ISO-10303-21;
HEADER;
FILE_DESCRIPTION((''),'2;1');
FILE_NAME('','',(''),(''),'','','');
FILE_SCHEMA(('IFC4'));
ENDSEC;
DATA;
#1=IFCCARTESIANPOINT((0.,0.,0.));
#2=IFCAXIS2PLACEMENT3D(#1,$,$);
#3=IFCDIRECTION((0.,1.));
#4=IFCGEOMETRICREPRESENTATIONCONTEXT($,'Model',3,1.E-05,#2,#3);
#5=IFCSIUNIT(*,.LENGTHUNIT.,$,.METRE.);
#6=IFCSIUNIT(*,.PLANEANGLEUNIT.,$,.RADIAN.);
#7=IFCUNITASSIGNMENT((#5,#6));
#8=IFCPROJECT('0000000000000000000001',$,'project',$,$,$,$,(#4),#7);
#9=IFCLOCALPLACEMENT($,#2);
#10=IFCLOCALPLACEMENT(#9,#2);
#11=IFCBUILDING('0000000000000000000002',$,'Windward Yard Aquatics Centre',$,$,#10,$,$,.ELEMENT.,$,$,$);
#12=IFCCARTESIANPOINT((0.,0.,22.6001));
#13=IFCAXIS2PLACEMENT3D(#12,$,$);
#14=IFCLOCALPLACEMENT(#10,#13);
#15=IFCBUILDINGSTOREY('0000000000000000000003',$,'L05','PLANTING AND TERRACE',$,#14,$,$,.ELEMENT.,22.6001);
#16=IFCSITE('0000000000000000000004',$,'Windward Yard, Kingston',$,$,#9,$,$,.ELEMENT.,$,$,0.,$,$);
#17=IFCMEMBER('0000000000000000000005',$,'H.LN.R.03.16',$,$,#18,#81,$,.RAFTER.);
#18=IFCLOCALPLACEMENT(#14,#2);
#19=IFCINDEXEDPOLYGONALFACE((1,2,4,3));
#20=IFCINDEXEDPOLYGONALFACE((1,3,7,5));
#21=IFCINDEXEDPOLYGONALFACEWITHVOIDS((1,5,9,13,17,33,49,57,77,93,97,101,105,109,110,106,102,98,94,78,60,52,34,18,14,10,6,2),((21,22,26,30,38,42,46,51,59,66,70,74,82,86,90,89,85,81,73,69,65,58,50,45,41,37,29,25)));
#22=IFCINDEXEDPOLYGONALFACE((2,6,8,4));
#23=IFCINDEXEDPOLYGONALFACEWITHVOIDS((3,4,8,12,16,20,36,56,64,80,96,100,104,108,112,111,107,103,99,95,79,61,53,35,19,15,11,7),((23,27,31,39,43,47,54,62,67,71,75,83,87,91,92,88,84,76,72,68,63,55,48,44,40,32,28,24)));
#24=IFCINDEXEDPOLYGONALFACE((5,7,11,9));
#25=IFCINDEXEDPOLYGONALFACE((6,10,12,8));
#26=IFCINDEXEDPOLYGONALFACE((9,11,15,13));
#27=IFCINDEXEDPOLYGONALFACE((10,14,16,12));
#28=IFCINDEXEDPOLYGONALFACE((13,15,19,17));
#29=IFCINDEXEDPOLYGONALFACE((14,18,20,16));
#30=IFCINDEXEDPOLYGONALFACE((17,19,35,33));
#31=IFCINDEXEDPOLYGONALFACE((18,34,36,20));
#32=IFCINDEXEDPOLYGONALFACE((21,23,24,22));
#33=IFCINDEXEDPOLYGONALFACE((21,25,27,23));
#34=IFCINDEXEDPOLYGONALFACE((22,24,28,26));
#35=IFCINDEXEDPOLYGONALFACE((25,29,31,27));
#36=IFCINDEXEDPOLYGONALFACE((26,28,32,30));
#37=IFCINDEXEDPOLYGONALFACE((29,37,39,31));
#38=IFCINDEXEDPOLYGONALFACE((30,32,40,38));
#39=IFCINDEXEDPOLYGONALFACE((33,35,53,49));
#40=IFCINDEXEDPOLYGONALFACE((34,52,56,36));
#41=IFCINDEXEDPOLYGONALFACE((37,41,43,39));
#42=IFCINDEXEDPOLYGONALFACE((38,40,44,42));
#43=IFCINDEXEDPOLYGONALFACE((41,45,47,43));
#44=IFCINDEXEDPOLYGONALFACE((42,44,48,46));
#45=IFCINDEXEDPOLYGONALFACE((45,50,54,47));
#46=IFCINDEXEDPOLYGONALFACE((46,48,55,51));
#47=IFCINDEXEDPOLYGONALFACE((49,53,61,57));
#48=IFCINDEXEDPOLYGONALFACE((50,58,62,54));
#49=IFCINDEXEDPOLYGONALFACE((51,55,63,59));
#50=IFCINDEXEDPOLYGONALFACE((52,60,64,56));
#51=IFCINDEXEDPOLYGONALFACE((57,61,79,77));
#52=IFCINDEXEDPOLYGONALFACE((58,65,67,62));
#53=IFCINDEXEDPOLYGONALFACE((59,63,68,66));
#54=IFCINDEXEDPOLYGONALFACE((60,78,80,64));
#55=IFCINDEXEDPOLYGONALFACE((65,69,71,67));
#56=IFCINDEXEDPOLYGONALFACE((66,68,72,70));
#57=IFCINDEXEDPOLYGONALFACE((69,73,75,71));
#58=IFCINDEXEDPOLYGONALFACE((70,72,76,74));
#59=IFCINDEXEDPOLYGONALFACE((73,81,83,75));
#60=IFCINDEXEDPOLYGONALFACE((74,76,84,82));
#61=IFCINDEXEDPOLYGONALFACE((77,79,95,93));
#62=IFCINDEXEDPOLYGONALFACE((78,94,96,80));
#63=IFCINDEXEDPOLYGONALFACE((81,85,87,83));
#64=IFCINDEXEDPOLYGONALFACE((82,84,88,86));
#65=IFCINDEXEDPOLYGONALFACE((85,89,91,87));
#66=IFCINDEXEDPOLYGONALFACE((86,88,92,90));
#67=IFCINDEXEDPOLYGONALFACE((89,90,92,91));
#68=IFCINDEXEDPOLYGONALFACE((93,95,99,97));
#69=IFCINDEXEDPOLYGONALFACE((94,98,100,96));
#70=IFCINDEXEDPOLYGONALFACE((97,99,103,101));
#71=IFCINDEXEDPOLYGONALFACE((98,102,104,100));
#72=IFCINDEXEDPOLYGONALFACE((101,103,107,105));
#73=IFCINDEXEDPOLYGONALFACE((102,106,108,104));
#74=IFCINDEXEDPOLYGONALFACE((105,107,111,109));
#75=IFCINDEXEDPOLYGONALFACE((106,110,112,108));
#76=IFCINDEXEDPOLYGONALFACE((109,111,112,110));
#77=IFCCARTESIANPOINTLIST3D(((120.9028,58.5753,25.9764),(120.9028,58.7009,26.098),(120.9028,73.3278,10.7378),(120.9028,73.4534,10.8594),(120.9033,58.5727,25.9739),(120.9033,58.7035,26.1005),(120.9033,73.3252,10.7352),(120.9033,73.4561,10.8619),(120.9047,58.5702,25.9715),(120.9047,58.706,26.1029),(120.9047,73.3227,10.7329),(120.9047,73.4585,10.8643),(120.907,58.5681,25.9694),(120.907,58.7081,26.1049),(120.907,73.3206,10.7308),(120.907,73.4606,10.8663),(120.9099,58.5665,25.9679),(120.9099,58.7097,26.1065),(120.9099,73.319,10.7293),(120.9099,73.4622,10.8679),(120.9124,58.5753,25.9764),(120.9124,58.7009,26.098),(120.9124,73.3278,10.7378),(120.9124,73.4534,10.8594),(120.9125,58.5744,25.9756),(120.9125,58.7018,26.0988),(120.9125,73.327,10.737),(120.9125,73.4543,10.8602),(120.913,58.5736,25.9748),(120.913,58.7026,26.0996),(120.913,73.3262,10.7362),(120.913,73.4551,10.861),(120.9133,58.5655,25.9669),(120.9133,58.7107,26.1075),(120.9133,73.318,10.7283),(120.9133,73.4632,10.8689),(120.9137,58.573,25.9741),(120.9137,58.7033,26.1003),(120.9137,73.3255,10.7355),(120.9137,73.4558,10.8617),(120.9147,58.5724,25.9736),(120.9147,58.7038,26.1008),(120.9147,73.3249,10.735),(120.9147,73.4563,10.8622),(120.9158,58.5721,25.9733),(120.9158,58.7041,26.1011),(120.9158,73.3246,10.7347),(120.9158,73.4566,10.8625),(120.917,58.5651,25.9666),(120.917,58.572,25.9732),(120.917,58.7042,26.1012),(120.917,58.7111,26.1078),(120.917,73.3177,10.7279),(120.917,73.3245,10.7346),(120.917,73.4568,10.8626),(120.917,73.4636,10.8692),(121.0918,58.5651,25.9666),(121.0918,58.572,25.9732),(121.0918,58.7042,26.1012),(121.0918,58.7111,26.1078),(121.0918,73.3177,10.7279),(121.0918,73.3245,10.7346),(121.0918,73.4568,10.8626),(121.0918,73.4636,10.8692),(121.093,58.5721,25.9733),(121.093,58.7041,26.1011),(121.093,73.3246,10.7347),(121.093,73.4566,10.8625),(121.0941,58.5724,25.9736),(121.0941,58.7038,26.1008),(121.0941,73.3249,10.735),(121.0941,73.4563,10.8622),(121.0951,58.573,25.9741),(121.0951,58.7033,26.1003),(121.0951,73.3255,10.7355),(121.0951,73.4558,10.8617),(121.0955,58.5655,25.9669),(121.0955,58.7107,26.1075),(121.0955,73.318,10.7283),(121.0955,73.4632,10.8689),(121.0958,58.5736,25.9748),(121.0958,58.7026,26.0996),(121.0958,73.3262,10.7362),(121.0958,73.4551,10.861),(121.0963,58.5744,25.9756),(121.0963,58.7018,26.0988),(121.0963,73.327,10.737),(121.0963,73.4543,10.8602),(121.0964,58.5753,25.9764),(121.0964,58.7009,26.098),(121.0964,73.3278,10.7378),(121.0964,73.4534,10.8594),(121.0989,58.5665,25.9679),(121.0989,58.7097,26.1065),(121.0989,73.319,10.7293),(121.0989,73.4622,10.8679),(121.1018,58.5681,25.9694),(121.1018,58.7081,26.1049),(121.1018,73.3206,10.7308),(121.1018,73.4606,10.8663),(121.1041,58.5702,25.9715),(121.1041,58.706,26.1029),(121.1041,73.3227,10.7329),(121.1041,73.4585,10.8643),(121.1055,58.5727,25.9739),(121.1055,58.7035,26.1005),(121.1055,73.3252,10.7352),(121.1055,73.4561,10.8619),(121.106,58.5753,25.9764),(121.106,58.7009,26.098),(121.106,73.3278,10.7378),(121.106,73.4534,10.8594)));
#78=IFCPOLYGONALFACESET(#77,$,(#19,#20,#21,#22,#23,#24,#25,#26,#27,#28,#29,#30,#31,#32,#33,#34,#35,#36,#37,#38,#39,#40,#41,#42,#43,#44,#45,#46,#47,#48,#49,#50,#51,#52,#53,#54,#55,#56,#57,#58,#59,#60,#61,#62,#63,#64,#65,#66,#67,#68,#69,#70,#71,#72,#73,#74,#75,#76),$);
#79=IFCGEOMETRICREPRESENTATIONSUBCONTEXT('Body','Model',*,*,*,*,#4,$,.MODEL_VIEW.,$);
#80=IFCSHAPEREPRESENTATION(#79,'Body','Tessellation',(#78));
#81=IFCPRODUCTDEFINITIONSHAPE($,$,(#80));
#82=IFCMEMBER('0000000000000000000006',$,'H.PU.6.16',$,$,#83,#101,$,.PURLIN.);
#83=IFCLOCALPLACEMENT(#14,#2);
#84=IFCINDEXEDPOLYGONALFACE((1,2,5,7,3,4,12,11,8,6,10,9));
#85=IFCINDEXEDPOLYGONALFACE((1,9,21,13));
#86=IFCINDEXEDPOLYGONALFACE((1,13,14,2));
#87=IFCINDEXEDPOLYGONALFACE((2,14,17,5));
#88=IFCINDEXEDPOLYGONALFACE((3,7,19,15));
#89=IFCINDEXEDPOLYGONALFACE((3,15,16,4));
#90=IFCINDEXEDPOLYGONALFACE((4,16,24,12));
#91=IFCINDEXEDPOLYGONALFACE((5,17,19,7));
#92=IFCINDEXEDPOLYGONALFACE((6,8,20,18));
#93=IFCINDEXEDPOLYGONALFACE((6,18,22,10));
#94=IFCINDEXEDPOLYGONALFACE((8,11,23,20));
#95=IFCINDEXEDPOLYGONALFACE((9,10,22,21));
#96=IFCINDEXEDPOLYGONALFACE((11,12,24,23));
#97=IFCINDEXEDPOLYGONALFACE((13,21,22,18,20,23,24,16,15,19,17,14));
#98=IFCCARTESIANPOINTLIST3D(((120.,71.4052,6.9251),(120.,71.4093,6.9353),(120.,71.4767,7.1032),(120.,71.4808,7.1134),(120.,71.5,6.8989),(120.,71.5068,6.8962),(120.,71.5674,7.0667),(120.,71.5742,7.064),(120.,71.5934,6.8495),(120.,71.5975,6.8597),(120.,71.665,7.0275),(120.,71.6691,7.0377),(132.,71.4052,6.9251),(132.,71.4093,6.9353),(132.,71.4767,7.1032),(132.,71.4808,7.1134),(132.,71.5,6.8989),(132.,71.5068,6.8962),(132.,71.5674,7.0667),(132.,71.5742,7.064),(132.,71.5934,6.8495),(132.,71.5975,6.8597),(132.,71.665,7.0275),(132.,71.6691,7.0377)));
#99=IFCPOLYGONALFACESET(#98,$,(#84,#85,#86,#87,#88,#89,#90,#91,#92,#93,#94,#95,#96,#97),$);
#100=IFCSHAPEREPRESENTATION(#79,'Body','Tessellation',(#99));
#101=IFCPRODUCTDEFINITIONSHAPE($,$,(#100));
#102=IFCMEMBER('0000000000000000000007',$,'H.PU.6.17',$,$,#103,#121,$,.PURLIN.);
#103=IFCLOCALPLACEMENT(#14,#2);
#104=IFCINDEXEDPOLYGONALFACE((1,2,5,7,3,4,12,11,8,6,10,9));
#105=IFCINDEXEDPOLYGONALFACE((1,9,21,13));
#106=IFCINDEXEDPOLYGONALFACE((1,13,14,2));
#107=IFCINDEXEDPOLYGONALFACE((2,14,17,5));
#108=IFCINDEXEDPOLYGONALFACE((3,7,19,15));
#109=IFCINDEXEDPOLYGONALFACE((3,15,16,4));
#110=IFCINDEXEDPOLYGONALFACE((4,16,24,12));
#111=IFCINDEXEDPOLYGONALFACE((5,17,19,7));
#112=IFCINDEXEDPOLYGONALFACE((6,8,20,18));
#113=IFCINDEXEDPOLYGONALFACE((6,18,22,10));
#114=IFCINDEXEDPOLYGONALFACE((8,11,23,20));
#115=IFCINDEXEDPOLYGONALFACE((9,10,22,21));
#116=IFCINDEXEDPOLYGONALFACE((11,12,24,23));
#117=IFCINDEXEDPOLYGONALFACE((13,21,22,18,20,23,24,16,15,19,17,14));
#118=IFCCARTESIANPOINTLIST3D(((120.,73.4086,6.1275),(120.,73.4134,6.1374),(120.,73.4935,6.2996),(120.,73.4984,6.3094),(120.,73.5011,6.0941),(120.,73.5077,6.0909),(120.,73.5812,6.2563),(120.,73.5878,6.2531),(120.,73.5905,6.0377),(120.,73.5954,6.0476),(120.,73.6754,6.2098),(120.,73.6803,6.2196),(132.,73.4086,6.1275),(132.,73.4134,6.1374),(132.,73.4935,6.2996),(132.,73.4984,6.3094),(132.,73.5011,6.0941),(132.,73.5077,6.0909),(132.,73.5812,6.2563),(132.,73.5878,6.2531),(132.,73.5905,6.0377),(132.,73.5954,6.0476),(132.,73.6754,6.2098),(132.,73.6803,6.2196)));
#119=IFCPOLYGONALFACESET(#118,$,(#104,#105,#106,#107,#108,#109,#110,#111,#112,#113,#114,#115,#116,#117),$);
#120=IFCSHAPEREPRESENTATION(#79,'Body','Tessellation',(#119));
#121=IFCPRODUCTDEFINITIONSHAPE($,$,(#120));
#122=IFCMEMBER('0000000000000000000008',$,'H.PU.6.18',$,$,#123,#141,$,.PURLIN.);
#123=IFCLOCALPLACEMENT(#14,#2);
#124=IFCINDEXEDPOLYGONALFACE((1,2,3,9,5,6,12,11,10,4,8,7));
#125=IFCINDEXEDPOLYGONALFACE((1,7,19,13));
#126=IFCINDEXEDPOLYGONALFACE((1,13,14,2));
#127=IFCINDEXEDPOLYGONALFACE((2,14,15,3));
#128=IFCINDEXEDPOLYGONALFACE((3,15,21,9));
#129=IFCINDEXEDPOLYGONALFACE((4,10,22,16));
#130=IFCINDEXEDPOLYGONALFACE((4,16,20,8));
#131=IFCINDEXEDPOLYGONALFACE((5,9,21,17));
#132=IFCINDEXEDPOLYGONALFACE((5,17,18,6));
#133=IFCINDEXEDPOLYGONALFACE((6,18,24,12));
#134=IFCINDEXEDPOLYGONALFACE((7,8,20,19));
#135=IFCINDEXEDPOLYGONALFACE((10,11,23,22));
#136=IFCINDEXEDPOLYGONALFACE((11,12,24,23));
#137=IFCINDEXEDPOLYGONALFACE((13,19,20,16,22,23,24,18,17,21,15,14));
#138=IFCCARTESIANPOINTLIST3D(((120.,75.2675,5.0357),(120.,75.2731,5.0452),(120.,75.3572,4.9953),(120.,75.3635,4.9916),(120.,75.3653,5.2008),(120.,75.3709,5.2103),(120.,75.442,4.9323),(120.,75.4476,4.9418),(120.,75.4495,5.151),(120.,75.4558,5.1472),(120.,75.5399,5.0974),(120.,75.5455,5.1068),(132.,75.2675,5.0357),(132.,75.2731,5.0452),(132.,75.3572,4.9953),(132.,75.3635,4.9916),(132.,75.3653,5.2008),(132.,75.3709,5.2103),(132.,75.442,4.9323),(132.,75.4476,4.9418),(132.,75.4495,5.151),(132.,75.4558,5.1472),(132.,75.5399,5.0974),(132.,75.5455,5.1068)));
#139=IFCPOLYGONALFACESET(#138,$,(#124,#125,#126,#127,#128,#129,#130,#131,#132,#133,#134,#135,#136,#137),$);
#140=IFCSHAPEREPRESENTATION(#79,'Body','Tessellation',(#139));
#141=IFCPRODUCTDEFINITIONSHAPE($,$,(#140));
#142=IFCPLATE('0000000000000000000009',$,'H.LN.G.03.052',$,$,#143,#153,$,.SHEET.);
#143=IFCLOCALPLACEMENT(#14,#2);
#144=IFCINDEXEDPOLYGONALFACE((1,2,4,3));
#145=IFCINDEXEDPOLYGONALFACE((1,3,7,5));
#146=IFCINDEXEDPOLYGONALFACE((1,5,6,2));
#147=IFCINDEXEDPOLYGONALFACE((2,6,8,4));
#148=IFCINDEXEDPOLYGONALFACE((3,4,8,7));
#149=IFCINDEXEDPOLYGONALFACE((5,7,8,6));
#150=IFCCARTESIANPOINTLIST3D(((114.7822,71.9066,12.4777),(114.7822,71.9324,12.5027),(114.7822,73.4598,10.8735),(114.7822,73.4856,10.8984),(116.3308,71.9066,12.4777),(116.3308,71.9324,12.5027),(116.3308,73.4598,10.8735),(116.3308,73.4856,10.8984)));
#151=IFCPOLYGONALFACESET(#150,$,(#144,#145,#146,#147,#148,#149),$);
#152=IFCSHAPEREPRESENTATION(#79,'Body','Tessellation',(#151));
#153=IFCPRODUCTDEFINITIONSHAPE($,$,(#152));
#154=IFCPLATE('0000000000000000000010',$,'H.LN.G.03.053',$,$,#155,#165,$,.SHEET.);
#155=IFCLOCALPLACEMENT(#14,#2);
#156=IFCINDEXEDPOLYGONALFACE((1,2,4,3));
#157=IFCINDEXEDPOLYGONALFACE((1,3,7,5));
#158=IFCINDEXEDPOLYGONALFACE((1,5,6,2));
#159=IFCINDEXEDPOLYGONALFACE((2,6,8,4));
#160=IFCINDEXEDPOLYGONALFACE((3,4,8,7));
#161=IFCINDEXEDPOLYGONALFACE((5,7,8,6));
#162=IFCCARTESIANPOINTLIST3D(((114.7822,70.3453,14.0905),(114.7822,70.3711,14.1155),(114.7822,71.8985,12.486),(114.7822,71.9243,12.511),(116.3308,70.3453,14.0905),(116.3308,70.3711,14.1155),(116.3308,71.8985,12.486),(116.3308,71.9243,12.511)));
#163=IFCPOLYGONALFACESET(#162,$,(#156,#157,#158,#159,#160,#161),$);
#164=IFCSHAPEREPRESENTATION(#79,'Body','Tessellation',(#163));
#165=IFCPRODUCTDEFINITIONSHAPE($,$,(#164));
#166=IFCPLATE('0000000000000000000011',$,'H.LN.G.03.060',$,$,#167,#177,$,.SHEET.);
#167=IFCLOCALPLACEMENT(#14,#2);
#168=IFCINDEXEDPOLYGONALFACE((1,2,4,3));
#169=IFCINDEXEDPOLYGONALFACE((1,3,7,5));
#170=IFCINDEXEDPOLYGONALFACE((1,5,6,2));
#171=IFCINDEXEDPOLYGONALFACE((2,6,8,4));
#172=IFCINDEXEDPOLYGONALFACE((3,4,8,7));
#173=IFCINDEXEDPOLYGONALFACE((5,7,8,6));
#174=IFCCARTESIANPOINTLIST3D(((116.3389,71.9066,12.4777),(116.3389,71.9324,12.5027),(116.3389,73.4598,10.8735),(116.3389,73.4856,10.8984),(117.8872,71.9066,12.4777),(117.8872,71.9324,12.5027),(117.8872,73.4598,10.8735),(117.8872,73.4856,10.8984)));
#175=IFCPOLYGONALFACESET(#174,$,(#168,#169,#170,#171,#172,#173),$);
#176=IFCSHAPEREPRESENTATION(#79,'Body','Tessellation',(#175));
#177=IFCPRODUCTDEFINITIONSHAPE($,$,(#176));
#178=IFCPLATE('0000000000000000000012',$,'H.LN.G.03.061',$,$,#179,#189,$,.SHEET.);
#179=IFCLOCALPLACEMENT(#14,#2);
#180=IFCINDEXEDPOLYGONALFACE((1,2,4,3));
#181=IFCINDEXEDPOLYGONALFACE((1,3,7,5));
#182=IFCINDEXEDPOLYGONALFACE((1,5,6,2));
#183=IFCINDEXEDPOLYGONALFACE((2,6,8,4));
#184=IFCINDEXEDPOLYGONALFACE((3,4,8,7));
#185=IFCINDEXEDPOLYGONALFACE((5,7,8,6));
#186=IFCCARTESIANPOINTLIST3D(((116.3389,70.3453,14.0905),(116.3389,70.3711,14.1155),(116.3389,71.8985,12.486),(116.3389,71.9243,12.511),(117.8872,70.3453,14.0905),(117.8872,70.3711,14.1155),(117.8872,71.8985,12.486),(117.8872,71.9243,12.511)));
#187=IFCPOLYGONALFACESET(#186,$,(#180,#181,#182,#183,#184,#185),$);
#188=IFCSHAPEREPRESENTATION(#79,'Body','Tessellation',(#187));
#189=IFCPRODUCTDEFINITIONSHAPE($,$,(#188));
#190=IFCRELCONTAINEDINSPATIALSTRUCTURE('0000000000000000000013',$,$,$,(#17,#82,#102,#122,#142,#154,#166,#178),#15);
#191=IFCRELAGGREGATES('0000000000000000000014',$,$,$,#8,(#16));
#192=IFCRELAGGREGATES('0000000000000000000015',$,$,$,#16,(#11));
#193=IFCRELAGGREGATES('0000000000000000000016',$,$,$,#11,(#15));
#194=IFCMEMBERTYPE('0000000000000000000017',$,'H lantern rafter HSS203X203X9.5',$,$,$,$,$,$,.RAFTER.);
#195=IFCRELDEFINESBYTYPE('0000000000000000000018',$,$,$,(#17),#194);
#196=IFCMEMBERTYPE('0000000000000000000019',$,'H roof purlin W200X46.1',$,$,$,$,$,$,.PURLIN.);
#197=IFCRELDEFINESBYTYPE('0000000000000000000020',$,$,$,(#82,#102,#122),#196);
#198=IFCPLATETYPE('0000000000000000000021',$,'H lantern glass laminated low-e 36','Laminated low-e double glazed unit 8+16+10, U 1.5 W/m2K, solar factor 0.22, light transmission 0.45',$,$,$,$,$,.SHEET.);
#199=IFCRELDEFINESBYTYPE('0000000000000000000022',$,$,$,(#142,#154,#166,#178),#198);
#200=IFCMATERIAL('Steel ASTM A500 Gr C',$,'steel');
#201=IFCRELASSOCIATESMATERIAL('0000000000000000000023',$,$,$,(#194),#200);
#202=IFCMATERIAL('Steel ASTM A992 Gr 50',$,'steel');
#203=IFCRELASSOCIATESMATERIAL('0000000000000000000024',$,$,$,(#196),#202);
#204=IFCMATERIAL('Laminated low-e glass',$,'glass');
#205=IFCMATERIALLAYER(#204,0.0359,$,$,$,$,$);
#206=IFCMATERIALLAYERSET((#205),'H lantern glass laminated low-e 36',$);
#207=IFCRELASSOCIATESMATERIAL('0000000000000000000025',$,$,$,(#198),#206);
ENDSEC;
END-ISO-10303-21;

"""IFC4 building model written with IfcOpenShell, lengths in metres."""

from ifc_helpers import new_model, si_unit, direction, frame, origin, origin_2d, place, context, subcontext, project, spatial, polyline, hollow_rectangle, i_section, outline, extrude, material, layer, layer_set, material_profile, profile_set, type_object, element, save


model = new_model("IFC4")

# Units and contexts
model_context = context("Model", 3, precision=1e-05, world=origin(), true_north=direction((0.0, 1.0)))
body_context = subcontext(model_context, "Body", "Model", "MODEL_VIEW")
ifc_project = project(units=[si_unit("LENGTHUNIT", "METRE"), si_unit("PLANEANGLEUNIT", "RADIAN")], contexts=[model_context])

# Site, building, storey
site_placement = place(None, origin())
site = spatial("IfcSite", under=ifc_project, at=site_placement, Name="Windward Yard, Kingston", CompositionType="ELEMENT", RefElevation=0.0)
building_placement = place(site_placement, origin())
building = spatial("IfcBuilding", under=site, at=building_placement, Name="Windward Yard Aquatics Centre", CompositionType="ELEMENT")
storey_placement = place(building_placement, frame((0.0, 0.0, 22.6001)))
storey = spatial("IfcBuildingStorey", under=building, at=storey_placement, Name="L05", Description="PLANTING AND TERRACE", CompositionType="ELEMENT", Elevation=22.6001)

# Members
ifc_material_1 = material(Name="Steel ASTM A500 Gr C", Category="steel")
ifc_material_profile_1 = material_profile(ifc_material_1, hollow_rectangle(XDim=0.2031, YDim=0.2031, WallThickness=0.0095, InnerFilletRadius=0.0046, OuterFilletRadius=0.0142, at=origin_2d()), Name="HSS203X203X9.5")
ifc_profile_set_1 = profile_set([ifc_material_profile_1], Name="Steel ASTM A500 Gr C")
member_type_1 = type_object("IfcMemberType", Name="H lantern rafter HSS203X203X9.5", PredefinedType="RAFTER", material=ifc_profile_set_1)
member_1_placement = place(storey_placement, frame((121.0044, 73.3906, 10.7986), z_axis=(0.0, -0.695555, 0.718473), x_axis=(1.0, 0.0, 0.0)))
element("IfcMember", 1, at=member_1_placement, inside=storey, type_object=member_type_1, Name="H.LN.R.03.16", PredefinedType="RAFTER", context=body_context, shape_type="SweptSolid", body=[
    extrude(hollow_rectangle(XDim=0.2031, YDim=0.2031, WallThickness=0.0095, InnerFilletRadius=0.0046, OuterFilletRadius=0.0142, at=origin_2d()), origin(), (0.0, 0.0, 1.0), 21.2097),
])
ifc_material_2 = material(Name="Steel ASTM A992 Gr 50", Category="steel")
ifc_material_profile_2 = material_profile(ifc_material_2, i_section(OverallWidth=0.2029, OverallDepth=0.2029, WebThickness=0.0073, FlangeThickness=0.011, at=origin_2d()), Name="W200X46.1")
ifc_profile_set_2 = profile_set([ifc_material_profile_2], Name="Steel ASTM A992 Gr 50")
member_type_2 = type_object("IfcMemberType", Name="H roof purlin W200X46.1", PredefinedType="PURLIN", material=ifc_profile_set_2)
for number, where, z_axis, x_axis, name in (
    (2, (120.0, 71.5371, 6.9814), (1.0, 0.0, 0.0), (0.0, 0.927869, -0.372907), "H.PU.6.16"),
    (3, (120.0, 73.5444, 6.1736), (1.0, 0.0, 0.0), (0.0, 0.896687, -0.442665), "H.PU.6.17"),
    (4, (120.0, 75.4065, 5.0713), (1.0, 0.0, 0.0), (0.0, 0.86027, -0.509838), "H.PU.6.18"),
):
    element("IfcMember", number, at=place(storey_placement, frame(where, z_axis=z_axis, x_axis=x_axis)), inside=storey, type_object=member_type_2, Name=name, PredefinedType="PURLIN", context=body_context, shape_type="SweptSolid", body=[
        extrude(i_section(OverallWidth=0.2029, OverallDepth=0.2029, WebThickness=0.0073, FlangeThickness=0.011, at=origin_2d()), origin(), (0.0, 0.0, 1.0), 12.0),
    ])

# Plates
ifc_material_3 = material(Name="Laminated low-e glass", Category="glass")
ifc_layer_1 = layer(ifc_material_3, 0.0359)
ifc_layer_set_1 = layer_set([ifc_layer_1], Name="H lantern glass laminated low-e 36")
plate_type = type_object("IfcPlateType", Name="H lantern glass laminated low-e 36", Description="Laminated low-e double glazed unit 8+16+10, U 1.5 W/m2K, solar factor 0.22, light transmission 0.45", PredefinedType="SHEET", material=ifc_layer_set_1)
plate_1_placement = place(storey_placement, frame((114.7822, 71.9324, 12.5027), z_axis=(0.0, 0.71844, 0.695589), x_axis=(0.0, 0.695589, -0.71844)))
element("IfcPlate", 5, at=plate_1_placement, inside=storey, type_object=plate_type, Name="H.LN.G.03.052", PredefinedType="SHEET", context=body_context, shape_type="SweptSolid", body=[
    extrude(outline(polyline([(0.0, 0.0), (2.233, 0.0), (2.233, -1.5486), (0.0, -1.5486), (0.0, 0.0)])), origin(), (0.0, 0.0, -1.0), 0.0359),
])
plate_2_placement = place(storey_placement, frame((114.7822, 70.3711, 14.1155), z_axis=(0.0, 0.718493, 0.695534), x_axis=(0.0, 0.695534, -0.718493)))
element("IfcPlate", 6, at=plate_2_placement, inside=storey, type_object=plate_type, Name="H.LN.G.03.053", PredefinedType="SHEET", context=body_context, shape_type="SweptSolid", body=[
    extrude(outline(polyline([(0.0, 0.0), (2.2331, 0.0), (2.2331, -1.5486), (0.0, -1.5486), (0.0, 0.0)])), origin(), (0.0, 0.0, -1.0), 0.0359),
])
plate_3_placement = place(storey_placement, frame((116.3389, 71.9324, 12.5027), z_axis=(0.0, 0.71844, 0.695589), x_axis=(0.0, 0.695589, -0.71844)))
element("IfcPlate", 7, at=plate_3_placement, inside=storey, type_object=plate_type, Name="H.LN.G.03.060", PredefinedType="SHEET", context=body_context, shape_type="SweptSolid", body=[
    extrude(outline(polyline([(0.0, 0.0), (2.233, 0.0), (2.233, -1.5483), (0.0, -1.5483), (0.0, 0.0)])), origin(), (0.0, 0.0, -1.0), 0.0359),
])
plate_4_placement = place(storey_placement, frame((116.3389, 70.3711, 14.1155), z_axis=(0.0, 0.718493, 0.695534), x_axis=(0.0, 0.695534, -0.718493)))
element("IfcPlate", 8, at=plate_4_placement, inside=storey, type_object=plate_type, Name="H.LN.G.03.061", PredefinedType="SHEET", context=body_context, shape_type="SweptSolid", body=[
    extrude(outline(polyline([(0.0, 0.0), (2.2331, 0.0), (2.2331, -1.5483), (0.0, -1.5483), (0.0, 0.0)])), origin(), (0.0, 0.0, -1.0), 0.0359),
])

save(model, "model.ifc")
